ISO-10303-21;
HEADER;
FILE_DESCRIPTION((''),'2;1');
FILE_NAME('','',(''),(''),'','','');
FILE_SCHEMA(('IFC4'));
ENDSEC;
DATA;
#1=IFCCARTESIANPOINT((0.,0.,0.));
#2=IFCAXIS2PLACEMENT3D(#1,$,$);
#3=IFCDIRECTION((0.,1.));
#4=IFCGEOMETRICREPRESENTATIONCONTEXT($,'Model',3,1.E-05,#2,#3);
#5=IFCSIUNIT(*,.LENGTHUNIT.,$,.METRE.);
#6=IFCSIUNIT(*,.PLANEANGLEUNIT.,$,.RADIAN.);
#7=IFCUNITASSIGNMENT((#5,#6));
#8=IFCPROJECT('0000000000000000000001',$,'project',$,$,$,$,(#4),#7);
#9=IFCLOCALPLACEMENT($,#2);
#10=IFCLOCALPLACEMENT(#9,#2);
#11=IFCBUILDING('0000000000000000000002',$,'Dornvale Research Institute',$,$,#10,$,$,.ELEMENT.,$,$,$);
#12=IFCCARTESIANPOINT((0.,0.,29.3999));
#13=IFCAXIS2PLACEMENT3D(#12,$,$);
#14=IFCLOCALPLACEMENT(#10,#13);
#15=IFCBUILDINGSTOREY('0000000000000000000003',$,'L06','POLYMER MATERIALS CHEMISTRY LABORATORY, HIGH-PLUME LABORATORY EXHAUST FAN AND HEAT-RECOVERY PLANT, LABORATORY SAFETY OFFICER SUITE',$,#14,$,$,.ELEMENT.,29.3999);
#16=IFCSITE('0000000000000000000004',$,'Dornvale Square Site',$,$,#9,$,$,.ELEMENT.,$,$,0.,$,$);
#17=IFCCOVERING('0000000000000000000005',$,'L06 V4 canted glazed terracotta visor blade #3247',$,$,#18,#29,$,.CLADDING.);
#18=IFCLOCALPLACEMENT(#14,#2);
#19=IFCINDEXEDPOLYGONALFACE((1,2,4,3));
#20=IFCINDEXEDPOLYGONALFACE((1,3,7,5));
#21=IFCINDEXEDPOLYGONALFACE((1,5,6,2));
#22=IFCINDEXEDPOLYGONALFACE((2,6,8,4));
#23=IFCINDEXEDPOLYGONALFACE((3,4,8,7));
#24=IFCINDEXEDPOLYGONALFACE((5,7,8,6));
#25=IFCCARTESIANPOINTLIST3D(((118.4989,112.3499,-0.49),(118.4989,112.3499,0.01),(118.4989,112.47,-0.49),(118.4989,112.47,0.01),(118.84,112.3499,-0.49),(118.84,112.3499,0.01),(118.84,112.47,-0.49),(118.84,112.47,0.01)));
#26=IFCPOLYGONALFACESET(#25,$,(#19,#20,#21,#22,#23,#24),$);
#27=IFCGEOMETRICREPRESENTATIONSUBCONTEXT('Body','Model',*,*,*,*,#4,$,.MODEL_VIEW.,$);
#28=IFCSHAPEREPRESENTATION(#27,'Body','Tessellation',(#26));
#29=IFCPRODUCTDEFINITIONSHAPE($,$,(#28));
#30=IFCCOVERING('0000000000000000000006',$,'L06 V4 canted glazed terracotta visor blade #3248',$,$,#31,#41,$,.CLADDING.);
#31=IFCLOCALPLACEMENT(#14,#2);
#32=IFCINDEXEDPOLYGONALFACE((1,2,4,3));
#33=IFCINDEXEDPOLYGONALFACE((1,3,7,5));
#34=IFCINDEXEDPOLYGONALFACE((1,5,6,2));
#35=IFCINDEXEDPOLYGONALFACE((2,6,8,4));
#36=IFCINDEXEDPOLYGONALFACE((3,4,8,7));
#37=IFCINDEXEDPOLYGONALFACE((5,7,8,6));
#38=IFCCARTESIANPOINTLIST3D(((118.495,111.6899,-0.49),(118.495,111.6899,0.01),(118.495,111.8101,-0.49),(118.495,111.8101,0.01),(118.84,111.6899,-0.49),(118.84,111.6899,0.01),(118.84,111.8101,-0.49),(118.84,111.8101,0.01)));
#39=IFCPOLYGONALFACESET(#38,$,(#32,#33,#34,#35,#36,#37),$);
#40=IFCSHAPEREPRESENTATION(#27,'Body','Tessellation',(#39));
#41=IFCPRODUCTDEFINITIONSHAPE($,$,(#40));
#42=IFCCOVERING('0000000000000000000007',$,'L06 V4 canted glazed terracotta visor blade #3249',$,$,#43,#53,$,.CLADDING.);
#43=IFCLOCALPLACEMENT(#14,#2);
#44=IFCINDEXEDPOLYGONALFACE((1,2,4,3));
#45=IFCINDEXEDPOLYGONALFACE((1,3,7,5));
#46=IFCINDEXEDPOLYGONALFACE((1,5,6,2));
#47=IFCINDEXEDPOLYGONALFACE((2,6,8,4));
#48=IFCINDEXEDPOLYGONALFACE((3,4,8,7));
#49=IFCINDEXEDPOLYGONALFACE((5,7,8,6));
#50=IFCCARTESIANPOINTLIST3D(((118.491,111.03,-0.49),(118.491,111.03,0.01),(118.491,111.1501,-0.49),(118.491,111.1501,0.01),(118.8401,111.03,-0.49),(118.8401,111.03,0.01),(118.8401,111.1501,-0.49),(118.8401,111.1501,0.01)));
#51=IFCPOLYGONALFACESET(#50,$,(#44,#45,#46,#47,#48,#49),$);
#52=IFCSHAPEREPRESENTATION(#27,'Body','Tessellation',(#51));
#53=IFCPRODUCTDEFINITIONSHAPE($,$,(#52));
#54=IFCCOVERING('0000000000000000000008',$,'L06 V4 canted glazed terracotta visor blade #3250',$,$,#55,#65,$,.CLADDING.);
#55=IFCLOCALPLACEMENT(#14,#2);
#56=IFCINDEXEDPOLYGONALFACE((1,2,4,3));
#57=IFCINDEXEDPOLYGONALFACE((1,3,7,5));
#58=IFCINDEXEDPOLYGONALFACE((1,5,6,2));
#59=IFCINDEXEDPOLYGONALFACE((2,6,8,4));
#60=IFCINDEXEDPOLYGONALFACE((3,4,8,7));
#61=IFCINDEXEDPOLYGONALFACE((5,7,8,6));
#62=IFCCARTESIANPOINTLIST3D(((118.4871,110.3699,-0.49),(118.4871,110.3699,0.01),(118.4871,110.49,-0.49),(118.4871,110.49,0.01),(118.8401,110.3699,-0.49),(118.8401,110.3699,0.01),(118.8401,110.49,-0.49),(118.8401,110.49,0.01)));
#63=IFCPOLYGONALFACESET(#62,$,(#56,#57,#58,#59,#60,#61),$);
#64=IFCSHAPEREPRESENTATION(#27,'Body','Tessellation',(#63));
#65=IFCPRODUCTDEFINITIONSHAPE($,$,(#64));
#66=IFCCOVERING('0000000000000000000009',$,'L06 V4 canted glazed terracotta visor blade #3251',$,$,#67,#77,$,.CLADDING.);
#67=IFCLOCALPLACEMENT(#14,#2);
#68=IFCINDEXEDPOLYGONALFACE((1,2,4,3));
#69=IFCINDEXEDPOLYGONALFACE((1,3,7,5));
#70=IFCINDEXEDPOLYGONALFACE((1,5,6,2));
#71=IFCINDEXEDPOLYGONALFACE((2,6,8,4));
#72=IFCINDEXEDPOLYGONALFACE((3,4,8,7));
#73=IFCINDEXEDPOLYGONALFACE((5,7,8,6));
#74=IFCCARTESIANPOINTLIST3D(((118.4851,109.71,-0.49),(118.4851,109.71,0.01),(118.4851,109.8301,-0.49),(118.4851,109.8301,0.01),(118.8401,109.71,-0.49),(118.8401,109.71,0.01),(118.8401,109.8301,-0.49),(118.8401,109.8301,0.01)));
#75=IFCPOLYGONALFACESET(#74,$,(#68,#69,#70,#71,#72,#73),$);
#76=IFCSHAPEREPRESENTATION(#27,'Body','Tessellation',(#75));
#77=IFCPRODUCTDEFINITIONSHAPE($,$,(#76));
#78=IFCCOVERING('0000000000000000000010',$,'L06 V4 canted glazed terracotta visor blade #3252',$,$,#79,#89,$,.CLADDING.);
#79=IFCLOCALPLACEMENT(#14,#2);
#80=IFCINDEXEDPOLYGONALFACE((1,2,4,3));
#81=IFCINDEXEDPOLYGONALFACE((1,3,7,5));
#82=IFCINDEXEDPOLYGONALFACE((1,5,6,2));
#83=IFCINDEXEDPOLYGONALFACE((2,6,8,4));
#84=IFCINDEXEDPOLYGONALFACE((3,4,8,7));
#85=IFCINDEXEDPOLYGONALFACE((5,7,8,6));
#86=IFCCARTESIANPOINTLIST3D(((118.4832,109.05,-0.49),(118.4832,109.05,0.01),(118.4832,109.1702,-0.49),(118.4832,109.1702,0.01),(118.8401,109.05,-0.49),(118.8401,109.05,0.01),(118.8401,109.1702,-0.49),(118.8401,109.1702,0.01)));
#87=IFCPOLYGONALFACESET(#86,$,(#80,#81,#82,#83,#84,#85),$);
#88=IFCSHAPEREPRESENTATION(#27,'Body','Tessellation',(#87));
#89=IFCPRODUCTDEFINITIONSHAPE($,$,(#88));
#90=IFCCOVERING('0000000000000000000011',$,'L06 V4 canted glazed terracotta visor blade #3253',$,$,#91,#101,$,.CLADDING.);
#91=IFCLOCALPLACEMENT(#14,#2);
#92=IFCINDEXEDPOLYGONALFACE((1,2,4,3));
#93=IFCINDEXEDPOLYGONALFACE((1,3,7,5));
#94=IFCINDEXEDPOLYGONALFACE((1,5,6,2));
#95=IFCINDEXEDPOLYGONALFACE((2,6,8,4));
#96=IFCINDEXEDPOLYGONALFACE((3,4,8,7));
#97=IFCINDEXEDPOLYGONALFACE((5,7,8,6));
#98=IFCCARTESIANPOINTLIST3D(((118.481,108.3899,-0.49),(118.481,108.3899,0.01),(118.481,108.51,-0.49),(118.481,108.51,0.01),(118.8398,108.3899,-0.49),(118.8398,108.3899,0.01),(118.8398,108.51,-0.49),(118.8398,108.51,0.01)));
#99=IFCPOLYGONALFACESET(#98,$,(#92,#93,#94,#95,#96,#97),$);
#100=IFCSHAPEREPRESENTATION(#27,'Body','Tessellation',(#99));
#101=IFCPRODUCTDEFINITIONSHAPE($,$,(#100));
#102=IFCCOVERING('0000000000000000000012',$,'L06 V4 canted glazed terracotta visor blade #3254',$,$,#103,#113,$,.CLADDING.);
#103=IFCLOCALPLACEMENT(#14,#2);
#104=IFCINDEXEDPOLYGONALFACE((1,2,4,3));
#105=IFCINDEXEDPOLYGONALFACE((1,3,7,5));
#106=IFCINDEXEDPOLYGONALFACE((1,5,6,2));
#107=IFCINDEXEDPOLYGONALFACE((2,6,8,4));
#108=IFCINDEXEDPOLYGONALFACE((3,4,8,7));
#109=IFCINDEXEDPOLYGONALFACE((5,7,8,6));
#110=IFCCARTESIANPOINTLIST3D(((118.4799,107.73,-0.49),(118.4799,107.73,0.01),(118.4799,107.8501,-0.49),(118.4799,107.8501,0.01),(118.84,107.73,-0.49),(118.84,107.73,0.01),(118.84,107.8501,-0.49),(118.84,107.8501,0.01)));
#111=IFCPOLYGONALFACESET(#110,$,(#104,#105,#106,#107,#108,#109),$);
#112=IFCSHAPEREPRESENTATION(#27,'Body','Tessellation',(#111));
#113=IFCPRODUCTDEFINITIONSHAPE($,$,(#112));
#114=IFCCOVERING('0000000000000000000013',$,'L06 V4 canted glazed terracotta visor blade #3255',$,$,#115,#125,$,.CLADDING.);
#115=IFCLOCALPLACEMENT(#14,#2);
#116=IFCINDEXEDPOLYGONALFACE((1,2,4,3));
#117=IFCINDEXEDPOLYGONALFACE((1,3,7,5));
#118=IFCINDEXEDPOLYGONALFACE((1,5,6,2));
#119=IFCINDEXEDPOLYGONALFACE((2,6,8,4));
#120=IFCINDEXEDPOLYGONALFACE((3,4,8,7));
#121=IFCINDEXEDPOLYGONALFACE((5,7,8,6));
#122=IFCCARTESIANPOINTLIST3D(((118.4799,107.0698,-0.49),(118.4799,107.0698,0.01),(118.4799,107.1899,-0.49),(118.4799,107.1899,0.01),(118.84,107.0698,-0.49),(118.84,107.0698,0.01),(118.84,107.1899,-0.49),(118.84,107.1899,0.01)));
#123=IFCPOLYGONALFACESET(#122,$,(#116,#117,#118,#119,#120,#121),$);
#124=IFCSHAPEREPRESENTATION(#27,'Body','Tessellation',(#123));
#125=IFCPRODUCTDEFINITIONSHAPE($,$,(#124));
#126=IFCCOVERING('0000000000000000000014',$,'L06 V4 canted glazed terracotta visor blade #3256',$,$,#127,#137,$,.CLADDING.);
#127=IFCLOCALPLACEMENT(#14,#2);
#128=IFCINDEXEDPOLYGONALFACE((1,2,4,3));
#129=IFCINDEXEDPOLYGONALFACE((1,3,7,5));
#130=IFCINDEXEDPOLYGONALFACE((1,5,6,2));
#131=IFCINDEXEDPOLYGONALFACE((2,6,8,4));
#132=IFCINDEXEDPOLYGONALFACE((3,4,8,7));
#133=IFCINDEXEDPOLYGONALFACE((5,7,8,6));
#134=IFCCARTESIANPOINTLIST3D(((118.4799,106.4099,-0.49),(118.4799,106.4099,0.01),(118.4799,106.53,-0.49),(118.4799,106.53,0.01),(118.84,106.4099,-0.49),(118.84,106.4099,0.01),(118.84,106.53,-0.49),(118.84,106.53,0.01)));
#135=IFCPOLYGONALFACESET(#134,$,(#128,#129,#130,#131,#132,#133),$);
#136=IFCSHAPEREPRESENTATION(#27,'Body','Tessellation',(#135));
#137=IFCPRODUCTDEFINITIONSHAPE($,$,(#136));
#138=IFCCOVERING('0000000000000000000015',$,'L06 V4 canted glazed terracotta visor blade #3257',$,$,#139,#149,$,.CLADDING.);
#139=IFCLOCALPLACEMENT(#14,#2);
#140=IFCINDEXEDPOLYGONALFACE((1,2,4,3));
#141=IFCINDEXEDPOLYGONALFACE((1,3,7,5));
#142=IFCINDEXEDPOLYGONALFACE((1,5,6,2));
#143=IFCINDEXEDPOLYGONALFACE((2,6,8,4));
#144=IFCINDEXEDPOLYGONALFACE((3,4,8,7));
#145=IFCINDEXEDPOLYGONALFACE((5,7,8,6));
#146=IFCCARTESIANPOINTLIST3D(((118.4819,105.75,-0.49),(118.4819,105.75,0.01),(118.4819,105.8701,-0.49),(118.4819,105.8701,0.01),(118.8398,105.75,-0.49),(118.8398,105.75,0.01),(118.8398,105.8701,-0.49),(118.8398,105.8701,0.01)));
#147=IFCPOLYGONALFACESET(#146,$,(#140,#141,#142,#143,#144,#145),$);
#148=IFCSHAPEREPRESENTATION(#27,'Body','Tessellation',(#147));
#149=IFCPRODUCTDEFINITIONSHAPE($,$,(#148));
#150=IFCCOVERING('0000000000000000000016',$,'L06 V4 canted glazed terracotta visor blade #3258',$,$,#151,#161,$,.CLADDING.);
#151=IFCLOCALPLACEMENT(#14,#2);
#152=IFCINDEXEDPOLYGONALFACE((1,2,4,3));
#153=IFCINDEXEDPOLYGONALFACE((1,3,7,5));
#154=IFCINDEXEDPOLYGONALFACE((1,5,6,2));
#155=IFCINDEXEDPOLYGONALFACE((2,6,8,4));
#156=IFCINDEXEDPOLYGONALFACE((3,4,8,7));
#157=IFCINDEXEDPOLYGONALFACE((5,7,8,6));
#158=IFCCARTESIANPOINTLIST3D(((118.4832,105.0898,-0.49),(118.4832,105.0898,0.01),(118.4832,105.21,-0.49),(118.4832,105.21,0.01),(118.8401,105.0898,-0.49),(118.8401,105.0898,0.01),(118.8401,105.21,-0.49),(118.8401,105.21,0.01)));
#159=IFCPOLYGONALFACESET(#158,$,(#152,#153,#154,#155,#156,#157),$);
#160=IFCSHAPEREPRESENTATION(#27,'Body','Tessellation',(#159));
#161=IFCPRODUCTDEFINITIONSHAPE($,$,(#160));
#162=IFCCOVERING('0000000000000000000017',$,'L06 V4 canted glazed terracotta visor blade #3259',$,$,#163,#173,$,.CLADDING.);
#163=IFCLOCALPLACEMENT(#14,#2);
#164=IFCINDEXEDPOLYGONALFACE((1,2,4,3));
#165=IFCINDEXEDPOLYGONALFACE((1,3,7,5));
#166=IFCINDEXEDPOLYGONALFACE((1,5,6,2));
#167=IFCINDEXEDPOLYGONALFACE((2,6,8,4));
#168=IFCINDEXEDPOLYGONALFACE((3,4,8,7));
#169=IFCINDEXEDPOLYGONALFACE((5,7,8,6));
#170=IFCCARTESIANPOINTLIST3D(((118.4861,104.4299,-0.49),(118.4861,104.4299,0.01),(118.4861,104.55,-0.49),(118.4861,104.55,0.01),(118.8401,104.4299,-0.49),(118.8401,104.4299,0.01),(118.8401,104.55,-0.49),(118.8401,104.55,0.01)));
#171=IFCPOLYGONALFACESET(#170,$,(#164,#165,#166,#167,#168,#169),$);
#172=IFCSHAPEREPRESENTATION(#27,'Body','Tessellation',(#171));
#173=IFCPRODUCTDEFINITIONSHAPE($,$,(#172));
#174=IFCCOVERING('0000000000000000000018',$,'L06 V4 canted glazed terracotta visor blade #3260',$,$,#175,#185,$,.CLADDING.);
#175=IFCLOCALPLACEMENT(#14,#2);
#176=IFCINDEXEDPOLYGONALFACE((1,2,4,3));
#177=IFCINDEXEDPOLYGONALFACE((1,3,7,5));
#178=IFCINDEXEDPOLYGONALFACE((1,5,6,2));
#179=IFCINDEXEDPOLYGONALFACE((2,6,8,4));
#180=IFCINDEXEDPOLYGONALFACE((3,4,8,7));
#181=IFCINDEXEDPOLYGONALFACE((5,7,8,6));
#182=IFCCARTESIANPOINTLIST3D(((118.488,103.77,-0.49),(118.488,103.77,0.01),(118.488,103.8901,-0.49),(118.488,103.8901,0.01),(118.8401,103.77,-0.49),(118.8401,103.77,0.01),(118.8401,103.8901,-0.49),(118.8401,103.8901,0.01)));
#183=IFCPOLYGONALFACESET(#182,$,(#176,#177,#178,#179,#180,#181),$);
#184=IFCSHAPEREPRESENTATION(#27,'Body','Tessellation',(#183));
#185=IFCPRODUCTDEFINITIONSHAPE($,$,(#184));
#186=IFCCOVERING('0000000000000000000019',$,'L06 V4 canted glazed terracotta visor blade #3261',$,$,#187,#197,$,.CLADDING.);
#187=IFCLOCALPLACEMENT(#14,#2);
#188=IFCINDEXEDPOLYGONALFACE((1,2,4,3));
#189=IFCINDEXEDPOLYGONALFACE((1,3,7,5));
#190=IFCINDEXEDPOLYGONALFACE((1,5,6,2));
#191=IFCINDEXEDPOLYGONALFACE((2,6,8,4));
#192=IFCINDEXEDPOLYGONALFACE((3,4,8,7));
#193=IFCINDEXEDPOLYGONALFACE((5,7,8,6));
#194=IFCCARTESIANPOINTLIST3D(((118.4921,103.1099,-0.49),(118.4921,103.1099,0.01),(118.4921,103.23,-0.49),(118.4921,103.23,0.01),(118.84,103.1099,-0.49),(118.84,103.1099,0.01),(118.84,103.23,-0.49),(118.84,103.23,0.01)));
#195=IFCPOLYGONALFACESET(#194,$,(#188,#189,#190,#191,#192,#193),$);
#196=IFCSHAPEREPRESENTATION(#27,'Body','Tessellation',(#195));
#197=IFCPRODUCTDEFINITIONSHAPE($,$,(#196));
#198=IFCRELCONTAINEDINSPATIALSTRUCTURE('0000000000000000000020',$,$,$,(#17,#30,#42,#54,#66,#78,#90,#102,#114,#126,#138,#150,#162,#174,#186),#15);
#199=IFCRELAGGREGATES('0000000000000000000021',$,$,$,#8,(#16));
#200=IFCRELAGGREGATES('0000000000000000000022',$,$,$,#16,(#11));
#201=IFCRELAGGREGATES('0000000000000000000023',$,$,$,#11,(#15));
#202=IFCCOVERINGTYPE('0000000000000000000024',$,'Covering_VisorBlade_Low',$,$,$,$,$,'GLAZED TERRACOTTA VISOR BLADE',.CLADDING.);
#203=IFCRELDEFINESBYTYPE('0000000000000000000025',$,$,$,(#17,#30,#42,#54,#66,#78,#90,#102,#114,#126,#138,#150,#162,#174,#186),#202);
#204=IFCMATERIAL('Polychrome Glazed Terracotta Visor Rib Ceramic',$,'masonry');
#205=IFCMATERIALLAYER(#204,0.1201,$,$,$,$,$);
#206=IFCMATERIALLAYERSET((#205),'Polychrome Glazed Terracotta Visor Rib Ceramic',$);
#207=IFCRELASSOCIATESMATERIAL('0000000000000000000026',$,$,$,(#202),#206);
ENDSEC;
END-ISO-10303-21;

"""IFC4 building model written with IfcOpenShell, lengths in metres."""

from ifc_helpers import new_model, si_unit, direction, frame, origin, origin_2d, place, context, subcontext, project, spatial, rectangle, extrude, material, layer, layer_set, type_object, element, save


model = new_model("IFC4")

# Units and contexts
model_context = context("Model", 3, precision=1e-05, world=origin(), true_north=direction((0.0, 1.0)))
body_context = subcontext(model_context, "Body", "Model", "MODEL_VIEW")
ifc_project = project(units=[si_unit("LENGTHUNIT", "METRE"), si_unit("PLANEANGLEUNIT", "RADIAN")], contexts=[model_context])

# Site, building, storey
site_placement = place(None, origin())
site = spatial("IfcSite", under=ifc_project, at=site_placement, Name="Dornvale Square Site", CompositionType="ELEMENT", RefElevation=0.0)
building_placement = place(site_placement, origin())
building = spatial("IfcBuilding", under=site, at=building_placement, Name="Dornvale Research Institute", CompositionType="ELEMENT")
storey_placement = place(building_placement, frame((0.0, 0.0, 29.3999)))
storey = spatial("IfcBuildingStorey", under=building, at=storey_placement, Name="L06", Description="POLYMER MATERIALS CHEMISTRY LABORATORY, HIGH-PLUME LABORATORY EXHAUST FAN AND HEAT-RECOVERY PLANT, LABORATORY SAFETY OFFICER SUITE", CompositionType="ELEMENT", Elevation=29.3999)

# Coverings
ifc_material_1 = material(Name="Polychrome Glazed Terracotta Visor Rib Ceramic", Category="masonry")
ifc_layer_1 = layer(ifc_material_1, 0.1201)
ifc_layer_set_1 = layer_set([ifc_layer_1], Name="Polychrome Glazed Terracotta Visor Rib Ceramic")
covering_type_1 = type_object("IfcCoveringType", Name="Covering_VisorBlade_Low", ElementType="GLAZED TERRACOTTA VISOR BLADE", PredefinedType="CLADDING", material=ifc_layer_set_1)
covering_1_placement = place(storey_placement, frame((118.6694, 112.4099, -0.49), z_axis=(0.0, 0.0, 1.0), x_axis=(1.0, 0.0, 0.0)))
element("IfcCovering", 1, at=covering_1_placement, inside=storey, type_object=covering_type_1, Name="L06 V4 canted glazed terracotta visor blade #3247", PredefinedType="CLADDING", context=body_context, shape_type="SweptSolid", body=[
    extrude(rectangle(XDim=0.3411, YDim=0.1201, at=origin_2d()), origin(), (0.0, 0.0, 1.0), 0.5),
])
covering_2_placement = place(storey_placement, frame((118.6675, 111.75, -0.49), z_axis=(0.0, 0.0, 1.0), x_axis=(1.0, 0.0, 0.0)))
element("IfcCovering", 2, at=covering_2_placement, inside=storey, type_object=covering_type_1, Name="L06 V4 canted glazed terracotta visor blade #3248", PredefinedType="CLADDING", context=body_context, shape_type="SweptSolid", body=[
    extrude(rectangle(XDim=0.345, YDim=0.1201, at=origin_2d()), origin(), (0.0, 0.0, 1.0), 0.5),
])
covering_3_placement = place(storey_placement, frame((118.6655, 111.0901, -0.49), z_axis=(0.0, 0.0, 1.0), x_axis=(1.0, 0.0, 0.0)))
element("IfcCovering", 3, at=covering_3_placement, inside=storey, type_object=covering_type_1, Name="L06 V4 canted glazed terracotta visor blade #3249", PredefinedType="CLADDING", context=body_context, shape_type="SweptSolid", body=[
    extrude(rectangle(XDim=0.3491, YDim=0.1201, at=origin_2d()), origin(), (0.0, 0.0, 1.0), 0.5),
])
covering_4_placement = place(storey_placement, frame((118.6636, 110.4299, -0.49), z_axis=(0.0, 0.0, 1.0), x_axis=(1.0, 0.0, 0.0)))
element("IfcCovering", 4, at=covering_4_placement, inside=storey, type_object=covering_type_1, Name="L06 V4 canted glazed terracotta visor blade #3250", PredefinedType="CLADDING", context=body_context, shape_type="SweptSolid", body=[
    extrude(rectangle(XDim=0.353, YDim=0.1201, at=origin_2d()), origin(), (0.0, 0.0, 1.0), 0.5),
])
covering_5_placement = place(storey_placement, frame((118.6626, 109.77, -0.49), z_axis=(0.0, 0.0, 1.0), x_axis=(1.0, 0.0, 0.0)))
element("IfcCovering", 5, at=covering_5_placement, inside=storey, type_object=covering_type_1, Name="L06 V4 canted glazed terracotta visor blade #3251", PredefinedType="CLADDING", context=body_context, shape_type="SweptSolid", body=[
    extrude(rectangle(XDim=0.355, YDim=0.1201, at=origin_2d()), origin(), (0.0, 0.0, 1.0), 0.5),
])
covering_6_placement = place(storey_placement, frame((118.6616, 109.1101, -0.49), z_axis=(0.0, 0.0, 1.0), x_axis=(1.0, 0.0, 0.0)))
element("IfcCovering", 6, at=covering_6_placement, inside=storey, type_object=covering_type_1, Name="L06 V4 canted glazed terracotta visor blade #3252", PredefinedType="CLADDING", context=body_context, shape_type="SweptSolid", body=[
    extrude(rectangle(XDim=0.3569, YDim=0.1201, at=origin_2d()), origin(), (0.0, 0.0, 1.0), 0.5),
])
covering_7_placement = place(storey_placement, frame((118.6604, 108.45, -0.49), z_axis=(0.0, 0.0, 1.0), x_axis=(1.0, 0.0, 0.0)))
element("IfcCovering", 7, at=covering_7_placement, inside=storey, type_object=covering_type_1, Name="L06 V4 canted glazed terracotta visor blade #3253", PredefinedType="CLADDING", context=body_context, shape_type="SweptSolid", body=[
    extrude(rectangle(XDim=0.3589, YDim=0.1201, at=origin_2d()), origin(), (0.0, 0.0, 1.0), 0.5),
])
for number, where, z_axis, x_axis, name in (
    (8, (118.6599, 107.79, -0.49), (0.0, 0.0, 1.0), (1.0, 0.0, 0.0), "L06 V4 canted glazed terracotta visor blade #3254"),
    (9, (118.6599, 107.1299, -0.49), (0.0, 0.0, 1.0), (1.0, 0.0, 0.0), "L06 V4 canted glazed terracotta visor blade #3255"),
    (10, (118.6599, 106.47, -0.49), (0.0, 0.0, 1.0), (1.0, 0.0, 0.0), "L06 V4 canted glazed terracotta visor blade #3256"),
):
    element("IfcCovering", number, at=place(storey_placement, frame(where, z_axis=z_axis, x_axis=x_axis)), inside=storey, type_object=covering_type_1, Name=name, PredefinedType="CLADDING", context=body_context, shape_type="SweptSolid", body=[
        extrude(rectangle(XDim=0.3601, YDim=0.1201, at=origin_2d()), origin(), (0.0, 0.0, 1.0), 0.5),
    ])
covering_8_placement = place(storey_placement, frame((118.6609, 105.8101, -0.49), z_axis=(0.0, 0.0, 1.0), x_axis=(1.0, 0.0, 0.0)))
element("IfcCovering", 11, at=covering_8_placement, inside=storey, type_object=covering_type_1, Name="L06 V4 canted glazed terracotta visor blade #3257", PredefinedType="CLADDING", context=body_context, shape_type="SweptSolid", body=[
    extrude(rectangle(XDim=0.3579, YDim=0.1201, at=origin_2d()), origin(), (0.0, 0.0, 1.0), 0.5),
])
covering_9_placement = place(storey_placement, frame((118.6616, 105.1499, -0.49), z_axis=(0.0, 0.0, 1.0), x_axis=(1.0, 0.0, 0.0)))
element("IfcCovering", 12, at=covering_9_placement, inside=storey, type_object=covering_type_1, Name="L06 V4 canted glazed terracotta visor blade #3258", PredefinedType="CLADDING", context=body_context, shape_type="SweptSolid", body=[
    extrude(rectangle(XDim=0.3569, YDim=0.1201, at=origin_2d()), origin(), (0.0, 0.0, 1.0), 0.5),
])
covering_10_placement = place(storey_placement, frame((118.6631, 104.49, -0.49), z_axis=(0.0, 0.0, 1.0), x_axis=(1.0, 0.0, 0.0)))
element("IfcCovering", 13, at=covering_10_placement, inside=storey, type_object=covering_type_1, Name="L06 V4 canted glazed terracotta visor blade #3259", PredefinedType="CLADDING", context=body_context, shape_type="SweptSolid", body=[
    extrude(rectangle(XDim=0.354, YDim=0.1201, at=origin_2d()), origin(), (0.0, 0.0, 1.0), 0.5),
])
covering_11_placement = place(storey_placement, frame((118.6641, 103.8301, -0.49), z_axis=(0.0, 0.0, 1.0), x_axis=(1.0, 0.0, 0.0)))
element("IfcCovering", 14, at=covering_11_placement, inside=storey, type_object=covering_type_1, Name="L06 V4 canted glazed terracotta visor blade #3260", PredefinedType="CLADDING", context=body_context, shape_type="SweptSolid", body=[
    extrude(rectangle(XDim=0.3521, YDim=0.1201, at=origin_2d()), origin(), (0.0, 0.0, 1.0), 0.5),
])
covering_12_placement = place(storey_placement, frame((118.666, 103.1699, -0.49), z_axis=(0.0, 0.0, 1.0), x_axis=(1.0, 0.0, 0.0)))
element("IfcCovering", 15, at=covering_12_placement, inside=storey, type_object=covering_type_1, Name="L06 V4 canted glazed terracotta visor blade #3261", PredefinedType="CLADDING", context=body_context, shape_type="SweptSolid", body=[
    extrude(rectangle(XDim=0.3479, YDim=0.1201, at=origin_2d()), origin(), (0.0, 0.0, 1.0), 0.5),
])

save(model, "model.ifc")
